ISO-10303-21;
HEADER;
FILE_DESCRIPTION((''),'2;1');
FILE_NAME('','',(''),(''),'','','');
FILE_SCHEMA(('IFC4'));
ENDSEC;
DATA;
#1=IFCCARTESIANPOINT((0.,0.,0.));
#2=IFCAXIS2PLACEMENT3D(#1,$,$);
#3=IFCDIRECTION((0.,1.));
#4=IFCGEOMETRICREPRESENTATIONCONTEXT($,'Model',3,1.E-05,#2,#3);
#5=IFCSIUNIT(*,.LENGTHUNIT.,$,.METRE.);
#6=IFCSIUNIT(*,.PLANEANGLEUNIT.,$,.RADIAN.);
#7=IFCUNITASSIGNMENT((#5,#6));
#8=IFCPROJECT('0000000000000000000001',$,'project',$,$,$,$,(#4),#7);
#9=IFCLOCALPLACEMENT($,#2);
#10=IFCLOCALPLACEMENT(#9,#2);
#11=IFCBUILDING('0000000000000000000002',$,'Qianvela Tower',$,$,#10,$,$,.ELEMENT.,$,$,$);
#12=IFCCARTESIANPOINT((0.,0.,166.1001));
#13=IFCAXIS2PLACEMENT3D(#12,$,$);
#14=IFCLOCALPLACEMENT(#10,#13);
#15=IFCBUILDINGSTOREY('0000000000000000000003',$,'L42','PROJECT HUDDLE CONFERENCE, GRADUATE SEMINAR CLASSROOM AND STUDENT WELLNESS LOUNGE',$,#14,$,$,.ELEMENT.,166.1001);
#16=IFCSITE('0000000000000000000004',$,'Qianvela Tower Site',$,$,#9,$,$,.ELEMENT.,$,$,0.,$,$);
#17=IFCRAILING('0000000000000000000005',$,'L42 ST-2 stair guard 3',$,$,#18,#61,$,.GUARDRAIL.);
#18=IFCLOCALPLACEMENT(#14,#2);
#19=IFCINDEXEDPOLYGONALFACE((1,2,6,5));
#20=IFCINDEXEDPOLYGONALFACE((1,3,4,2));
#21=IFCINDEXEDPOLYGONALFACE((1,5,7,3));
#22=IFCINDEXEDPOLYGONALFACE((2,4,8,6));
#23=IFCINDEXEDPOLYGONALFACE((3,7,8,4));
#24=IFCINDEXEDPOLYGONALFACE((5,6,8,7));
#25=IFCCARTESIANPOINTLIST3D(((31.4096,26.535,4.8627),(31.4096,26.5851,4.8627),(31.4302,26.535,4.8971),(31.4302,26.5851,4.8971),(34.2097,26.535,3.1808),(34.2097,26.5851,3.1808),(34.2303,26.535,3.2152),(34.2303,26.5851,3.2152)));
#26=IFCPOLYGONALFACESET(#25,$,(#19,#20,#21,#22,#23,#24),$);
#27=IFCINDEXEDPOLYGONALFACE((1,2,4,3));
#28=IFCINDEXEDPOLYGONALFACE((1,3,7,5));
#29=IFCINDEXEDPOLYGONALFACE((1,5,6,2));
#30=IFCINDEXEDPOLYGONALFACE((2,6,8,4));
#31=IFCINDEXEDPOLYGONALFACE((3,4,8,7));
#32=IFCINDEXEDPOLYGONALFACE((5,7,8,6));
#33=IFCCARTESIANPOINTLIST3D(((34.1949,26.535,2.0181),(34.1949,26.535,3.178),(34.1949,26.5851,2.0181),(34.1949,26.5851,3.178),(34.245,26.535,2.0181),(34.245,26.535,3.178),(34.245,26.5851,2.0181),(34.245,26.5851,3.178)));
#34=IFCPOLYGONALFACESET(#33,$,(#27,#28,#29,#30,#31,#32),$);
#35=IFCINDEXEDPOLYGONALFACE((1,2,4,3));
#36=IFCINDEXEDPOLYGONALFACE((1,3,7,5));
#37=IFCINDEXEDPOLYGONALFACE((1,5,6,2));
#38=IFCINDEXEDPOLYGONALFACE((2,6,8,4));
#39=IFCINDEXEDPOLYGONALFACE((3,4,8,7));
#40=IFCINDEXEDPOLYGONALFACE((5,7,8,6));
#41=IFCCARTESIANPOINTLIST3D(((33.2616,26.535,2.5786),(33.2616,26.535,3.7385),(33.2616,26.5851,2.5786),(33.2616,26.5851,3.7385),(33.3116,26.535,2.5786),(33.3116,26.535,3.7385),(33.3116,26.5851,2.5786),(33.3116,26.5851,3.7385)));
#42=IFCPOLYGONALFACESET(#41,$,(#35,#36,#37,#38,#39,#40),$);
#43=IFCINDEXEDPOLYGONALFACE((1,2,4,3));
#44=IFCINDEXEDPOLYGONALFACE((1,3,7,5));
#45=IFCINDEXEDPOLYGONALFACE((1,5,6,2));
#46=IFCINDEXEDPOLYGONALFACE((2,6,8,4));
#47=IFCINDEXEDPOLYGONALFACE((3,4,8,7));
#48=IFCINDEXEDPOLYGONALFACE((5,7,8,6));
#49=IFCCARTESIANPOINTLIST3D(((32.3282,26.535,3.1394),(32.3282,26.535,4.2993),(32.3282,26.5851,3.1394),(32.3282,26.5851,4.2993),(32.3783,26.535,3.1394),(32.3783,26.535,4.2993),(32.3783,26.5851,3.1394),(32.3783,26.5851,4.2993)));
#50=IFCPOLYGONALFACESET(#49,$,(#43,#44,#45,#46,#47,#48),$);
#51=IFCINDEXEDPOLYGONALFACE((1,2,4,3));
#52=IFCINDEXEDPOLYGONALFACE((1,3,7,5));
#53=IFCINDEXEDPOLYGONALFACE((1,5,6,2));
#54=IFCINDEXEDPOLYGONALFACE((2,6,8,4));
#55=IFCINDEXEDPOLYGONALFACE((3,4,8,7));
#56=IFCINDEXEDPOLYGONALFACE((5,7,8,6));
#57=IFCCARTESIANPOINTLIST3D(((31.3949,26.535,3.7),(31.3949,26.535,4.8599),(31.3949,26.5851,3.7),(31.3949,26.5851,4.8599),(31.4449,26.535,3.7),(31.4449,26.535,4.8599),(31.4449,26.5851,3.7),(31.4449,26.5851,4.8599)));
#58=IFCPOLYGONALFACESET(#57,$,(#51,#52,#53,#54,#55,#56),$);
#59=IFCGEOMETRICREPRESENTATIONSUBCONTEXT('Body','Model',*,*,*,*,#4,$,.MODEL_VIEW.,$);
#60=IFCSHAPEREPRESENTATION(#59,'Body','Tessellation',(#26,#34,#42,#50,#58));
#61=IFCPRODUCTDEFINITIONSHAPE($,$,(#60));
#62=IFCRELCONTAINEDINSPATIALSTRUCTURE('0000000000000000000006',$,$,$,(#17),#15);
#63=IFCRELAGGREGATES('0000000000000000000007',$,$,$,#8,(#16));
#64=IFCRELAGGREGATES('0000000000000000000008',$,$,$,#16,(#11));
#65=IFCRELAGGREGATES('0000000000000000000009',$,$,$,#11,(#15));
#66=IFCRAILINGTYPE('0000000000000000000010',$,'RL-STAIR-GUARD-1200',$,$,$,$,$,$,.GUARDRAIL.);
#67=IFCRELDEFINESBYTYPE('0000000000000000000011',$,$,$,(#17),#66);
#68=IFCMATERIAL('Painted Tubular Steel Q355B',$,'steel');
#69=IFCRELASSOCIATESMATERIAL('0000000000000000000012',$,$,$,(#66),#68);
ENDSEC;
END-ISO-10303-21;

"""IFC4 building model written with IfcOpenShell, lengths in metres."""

from ifc_helpers import new_model, si_unit, direction, frame, origin, origin_2d, place, context, subcontext, project, spatial, rectangle, extrude, material, type_object, element, save


model = new_model("IFC4")

# Units and contexts
model_context = context("Model", 3, precision=1e-05, world=origin(), true_north=direction((0.0, 1.0)))
body_context = subcontext(model_context, "Body", "Model", "MODEL_VIEW")
ifc_project = project(units=[si_unit("LENGTHUNIT", "METRE"), si_unit("PLANEANGLEUNIT", "RADIAN")], contexts=[model_context])

# Site, building, storey
site_placement = place(None, origin())
site = spatial("IfcSite", under=ifc_project, at=site_placement, Name="Qianvela Tower Site", CompositionType="ELEMENT", RefElevation=0.0)
building_placement = place(site_placement, origin())
building = spatial("IfcBuilding", under=site, at=building_placement, Name="Qianvela Tower", CompositionType="ELEMENT")
storey_placement = place(building_placement, frame((0.0, 0.0, 166.1001)))
storey = spatial("IfcBuildingStorey", under=building, at=storey_placement, Name="L42", Description="PROJECT HUDDLE CONFERENCE, GRADUATE SEMINAR CLASSROOM AND STUDENT WELLNESS LOUNGE", CompositionType="ELEMENT", Elevation=166.1001)

# Railing
ifc_material_1 = material(Name="Painted Tubular Steel Q355B", Category="steel")
railing_type = type_object("IfcRailingType", Name="RL-STAIR-GUARD-1200", PredefinedType="GUARDRAIL", material=ifc_material_1)
railing_1_placement = place(storey_placement, frame((34.22, 26.5601, 2.0181)))
element("IfcRailing", 1, at=railing_1_placement, inside=storey, type_object=railing_type, Name="L42 ST-2 stair guard 3", PredefinedType="GUARDRAIL", context=body_context, shape_type="SweptSolid", body=[
    extrude(rectangle(XDim=0.05, YDim=0.04, at=origin_2d()), frame((0.0, 0.0, 1.1799), z_axis=(-0.857242, 0.0, 0.514913), x_axis=(0.0, -1.0, 0.0)), (0.0, 0.0, 1.0), 3.2664),
    extrude(rectangle(XDim=0.05, YDim=0.05, at=origin_2d()), origin(), (0.0, 0.0, 1.0), 1.1599),
    extrude(rectangle(XDim=0.05, YDim=0.05, at=origin_2d()), frame((-0.9333, 0.0, 0.5605)), (0.0, 0.0, 1.0), 1.1599),
    extrude(rectangle(XDim=0.05, YDim=0.05, at=origin_2d()), frame((-1.8667, 0.0, 1.1213)), (0.0, 0.0, 1.0), 1.1599),
    extrude(rectangle(XDim=0.05, YDim=0.05, at=origin_2d()), frame((-2.8, 0.0, 1.6819)), (0.0, 0.0, 1.0), 1.1599),
])

save(model, "model.ifc")
